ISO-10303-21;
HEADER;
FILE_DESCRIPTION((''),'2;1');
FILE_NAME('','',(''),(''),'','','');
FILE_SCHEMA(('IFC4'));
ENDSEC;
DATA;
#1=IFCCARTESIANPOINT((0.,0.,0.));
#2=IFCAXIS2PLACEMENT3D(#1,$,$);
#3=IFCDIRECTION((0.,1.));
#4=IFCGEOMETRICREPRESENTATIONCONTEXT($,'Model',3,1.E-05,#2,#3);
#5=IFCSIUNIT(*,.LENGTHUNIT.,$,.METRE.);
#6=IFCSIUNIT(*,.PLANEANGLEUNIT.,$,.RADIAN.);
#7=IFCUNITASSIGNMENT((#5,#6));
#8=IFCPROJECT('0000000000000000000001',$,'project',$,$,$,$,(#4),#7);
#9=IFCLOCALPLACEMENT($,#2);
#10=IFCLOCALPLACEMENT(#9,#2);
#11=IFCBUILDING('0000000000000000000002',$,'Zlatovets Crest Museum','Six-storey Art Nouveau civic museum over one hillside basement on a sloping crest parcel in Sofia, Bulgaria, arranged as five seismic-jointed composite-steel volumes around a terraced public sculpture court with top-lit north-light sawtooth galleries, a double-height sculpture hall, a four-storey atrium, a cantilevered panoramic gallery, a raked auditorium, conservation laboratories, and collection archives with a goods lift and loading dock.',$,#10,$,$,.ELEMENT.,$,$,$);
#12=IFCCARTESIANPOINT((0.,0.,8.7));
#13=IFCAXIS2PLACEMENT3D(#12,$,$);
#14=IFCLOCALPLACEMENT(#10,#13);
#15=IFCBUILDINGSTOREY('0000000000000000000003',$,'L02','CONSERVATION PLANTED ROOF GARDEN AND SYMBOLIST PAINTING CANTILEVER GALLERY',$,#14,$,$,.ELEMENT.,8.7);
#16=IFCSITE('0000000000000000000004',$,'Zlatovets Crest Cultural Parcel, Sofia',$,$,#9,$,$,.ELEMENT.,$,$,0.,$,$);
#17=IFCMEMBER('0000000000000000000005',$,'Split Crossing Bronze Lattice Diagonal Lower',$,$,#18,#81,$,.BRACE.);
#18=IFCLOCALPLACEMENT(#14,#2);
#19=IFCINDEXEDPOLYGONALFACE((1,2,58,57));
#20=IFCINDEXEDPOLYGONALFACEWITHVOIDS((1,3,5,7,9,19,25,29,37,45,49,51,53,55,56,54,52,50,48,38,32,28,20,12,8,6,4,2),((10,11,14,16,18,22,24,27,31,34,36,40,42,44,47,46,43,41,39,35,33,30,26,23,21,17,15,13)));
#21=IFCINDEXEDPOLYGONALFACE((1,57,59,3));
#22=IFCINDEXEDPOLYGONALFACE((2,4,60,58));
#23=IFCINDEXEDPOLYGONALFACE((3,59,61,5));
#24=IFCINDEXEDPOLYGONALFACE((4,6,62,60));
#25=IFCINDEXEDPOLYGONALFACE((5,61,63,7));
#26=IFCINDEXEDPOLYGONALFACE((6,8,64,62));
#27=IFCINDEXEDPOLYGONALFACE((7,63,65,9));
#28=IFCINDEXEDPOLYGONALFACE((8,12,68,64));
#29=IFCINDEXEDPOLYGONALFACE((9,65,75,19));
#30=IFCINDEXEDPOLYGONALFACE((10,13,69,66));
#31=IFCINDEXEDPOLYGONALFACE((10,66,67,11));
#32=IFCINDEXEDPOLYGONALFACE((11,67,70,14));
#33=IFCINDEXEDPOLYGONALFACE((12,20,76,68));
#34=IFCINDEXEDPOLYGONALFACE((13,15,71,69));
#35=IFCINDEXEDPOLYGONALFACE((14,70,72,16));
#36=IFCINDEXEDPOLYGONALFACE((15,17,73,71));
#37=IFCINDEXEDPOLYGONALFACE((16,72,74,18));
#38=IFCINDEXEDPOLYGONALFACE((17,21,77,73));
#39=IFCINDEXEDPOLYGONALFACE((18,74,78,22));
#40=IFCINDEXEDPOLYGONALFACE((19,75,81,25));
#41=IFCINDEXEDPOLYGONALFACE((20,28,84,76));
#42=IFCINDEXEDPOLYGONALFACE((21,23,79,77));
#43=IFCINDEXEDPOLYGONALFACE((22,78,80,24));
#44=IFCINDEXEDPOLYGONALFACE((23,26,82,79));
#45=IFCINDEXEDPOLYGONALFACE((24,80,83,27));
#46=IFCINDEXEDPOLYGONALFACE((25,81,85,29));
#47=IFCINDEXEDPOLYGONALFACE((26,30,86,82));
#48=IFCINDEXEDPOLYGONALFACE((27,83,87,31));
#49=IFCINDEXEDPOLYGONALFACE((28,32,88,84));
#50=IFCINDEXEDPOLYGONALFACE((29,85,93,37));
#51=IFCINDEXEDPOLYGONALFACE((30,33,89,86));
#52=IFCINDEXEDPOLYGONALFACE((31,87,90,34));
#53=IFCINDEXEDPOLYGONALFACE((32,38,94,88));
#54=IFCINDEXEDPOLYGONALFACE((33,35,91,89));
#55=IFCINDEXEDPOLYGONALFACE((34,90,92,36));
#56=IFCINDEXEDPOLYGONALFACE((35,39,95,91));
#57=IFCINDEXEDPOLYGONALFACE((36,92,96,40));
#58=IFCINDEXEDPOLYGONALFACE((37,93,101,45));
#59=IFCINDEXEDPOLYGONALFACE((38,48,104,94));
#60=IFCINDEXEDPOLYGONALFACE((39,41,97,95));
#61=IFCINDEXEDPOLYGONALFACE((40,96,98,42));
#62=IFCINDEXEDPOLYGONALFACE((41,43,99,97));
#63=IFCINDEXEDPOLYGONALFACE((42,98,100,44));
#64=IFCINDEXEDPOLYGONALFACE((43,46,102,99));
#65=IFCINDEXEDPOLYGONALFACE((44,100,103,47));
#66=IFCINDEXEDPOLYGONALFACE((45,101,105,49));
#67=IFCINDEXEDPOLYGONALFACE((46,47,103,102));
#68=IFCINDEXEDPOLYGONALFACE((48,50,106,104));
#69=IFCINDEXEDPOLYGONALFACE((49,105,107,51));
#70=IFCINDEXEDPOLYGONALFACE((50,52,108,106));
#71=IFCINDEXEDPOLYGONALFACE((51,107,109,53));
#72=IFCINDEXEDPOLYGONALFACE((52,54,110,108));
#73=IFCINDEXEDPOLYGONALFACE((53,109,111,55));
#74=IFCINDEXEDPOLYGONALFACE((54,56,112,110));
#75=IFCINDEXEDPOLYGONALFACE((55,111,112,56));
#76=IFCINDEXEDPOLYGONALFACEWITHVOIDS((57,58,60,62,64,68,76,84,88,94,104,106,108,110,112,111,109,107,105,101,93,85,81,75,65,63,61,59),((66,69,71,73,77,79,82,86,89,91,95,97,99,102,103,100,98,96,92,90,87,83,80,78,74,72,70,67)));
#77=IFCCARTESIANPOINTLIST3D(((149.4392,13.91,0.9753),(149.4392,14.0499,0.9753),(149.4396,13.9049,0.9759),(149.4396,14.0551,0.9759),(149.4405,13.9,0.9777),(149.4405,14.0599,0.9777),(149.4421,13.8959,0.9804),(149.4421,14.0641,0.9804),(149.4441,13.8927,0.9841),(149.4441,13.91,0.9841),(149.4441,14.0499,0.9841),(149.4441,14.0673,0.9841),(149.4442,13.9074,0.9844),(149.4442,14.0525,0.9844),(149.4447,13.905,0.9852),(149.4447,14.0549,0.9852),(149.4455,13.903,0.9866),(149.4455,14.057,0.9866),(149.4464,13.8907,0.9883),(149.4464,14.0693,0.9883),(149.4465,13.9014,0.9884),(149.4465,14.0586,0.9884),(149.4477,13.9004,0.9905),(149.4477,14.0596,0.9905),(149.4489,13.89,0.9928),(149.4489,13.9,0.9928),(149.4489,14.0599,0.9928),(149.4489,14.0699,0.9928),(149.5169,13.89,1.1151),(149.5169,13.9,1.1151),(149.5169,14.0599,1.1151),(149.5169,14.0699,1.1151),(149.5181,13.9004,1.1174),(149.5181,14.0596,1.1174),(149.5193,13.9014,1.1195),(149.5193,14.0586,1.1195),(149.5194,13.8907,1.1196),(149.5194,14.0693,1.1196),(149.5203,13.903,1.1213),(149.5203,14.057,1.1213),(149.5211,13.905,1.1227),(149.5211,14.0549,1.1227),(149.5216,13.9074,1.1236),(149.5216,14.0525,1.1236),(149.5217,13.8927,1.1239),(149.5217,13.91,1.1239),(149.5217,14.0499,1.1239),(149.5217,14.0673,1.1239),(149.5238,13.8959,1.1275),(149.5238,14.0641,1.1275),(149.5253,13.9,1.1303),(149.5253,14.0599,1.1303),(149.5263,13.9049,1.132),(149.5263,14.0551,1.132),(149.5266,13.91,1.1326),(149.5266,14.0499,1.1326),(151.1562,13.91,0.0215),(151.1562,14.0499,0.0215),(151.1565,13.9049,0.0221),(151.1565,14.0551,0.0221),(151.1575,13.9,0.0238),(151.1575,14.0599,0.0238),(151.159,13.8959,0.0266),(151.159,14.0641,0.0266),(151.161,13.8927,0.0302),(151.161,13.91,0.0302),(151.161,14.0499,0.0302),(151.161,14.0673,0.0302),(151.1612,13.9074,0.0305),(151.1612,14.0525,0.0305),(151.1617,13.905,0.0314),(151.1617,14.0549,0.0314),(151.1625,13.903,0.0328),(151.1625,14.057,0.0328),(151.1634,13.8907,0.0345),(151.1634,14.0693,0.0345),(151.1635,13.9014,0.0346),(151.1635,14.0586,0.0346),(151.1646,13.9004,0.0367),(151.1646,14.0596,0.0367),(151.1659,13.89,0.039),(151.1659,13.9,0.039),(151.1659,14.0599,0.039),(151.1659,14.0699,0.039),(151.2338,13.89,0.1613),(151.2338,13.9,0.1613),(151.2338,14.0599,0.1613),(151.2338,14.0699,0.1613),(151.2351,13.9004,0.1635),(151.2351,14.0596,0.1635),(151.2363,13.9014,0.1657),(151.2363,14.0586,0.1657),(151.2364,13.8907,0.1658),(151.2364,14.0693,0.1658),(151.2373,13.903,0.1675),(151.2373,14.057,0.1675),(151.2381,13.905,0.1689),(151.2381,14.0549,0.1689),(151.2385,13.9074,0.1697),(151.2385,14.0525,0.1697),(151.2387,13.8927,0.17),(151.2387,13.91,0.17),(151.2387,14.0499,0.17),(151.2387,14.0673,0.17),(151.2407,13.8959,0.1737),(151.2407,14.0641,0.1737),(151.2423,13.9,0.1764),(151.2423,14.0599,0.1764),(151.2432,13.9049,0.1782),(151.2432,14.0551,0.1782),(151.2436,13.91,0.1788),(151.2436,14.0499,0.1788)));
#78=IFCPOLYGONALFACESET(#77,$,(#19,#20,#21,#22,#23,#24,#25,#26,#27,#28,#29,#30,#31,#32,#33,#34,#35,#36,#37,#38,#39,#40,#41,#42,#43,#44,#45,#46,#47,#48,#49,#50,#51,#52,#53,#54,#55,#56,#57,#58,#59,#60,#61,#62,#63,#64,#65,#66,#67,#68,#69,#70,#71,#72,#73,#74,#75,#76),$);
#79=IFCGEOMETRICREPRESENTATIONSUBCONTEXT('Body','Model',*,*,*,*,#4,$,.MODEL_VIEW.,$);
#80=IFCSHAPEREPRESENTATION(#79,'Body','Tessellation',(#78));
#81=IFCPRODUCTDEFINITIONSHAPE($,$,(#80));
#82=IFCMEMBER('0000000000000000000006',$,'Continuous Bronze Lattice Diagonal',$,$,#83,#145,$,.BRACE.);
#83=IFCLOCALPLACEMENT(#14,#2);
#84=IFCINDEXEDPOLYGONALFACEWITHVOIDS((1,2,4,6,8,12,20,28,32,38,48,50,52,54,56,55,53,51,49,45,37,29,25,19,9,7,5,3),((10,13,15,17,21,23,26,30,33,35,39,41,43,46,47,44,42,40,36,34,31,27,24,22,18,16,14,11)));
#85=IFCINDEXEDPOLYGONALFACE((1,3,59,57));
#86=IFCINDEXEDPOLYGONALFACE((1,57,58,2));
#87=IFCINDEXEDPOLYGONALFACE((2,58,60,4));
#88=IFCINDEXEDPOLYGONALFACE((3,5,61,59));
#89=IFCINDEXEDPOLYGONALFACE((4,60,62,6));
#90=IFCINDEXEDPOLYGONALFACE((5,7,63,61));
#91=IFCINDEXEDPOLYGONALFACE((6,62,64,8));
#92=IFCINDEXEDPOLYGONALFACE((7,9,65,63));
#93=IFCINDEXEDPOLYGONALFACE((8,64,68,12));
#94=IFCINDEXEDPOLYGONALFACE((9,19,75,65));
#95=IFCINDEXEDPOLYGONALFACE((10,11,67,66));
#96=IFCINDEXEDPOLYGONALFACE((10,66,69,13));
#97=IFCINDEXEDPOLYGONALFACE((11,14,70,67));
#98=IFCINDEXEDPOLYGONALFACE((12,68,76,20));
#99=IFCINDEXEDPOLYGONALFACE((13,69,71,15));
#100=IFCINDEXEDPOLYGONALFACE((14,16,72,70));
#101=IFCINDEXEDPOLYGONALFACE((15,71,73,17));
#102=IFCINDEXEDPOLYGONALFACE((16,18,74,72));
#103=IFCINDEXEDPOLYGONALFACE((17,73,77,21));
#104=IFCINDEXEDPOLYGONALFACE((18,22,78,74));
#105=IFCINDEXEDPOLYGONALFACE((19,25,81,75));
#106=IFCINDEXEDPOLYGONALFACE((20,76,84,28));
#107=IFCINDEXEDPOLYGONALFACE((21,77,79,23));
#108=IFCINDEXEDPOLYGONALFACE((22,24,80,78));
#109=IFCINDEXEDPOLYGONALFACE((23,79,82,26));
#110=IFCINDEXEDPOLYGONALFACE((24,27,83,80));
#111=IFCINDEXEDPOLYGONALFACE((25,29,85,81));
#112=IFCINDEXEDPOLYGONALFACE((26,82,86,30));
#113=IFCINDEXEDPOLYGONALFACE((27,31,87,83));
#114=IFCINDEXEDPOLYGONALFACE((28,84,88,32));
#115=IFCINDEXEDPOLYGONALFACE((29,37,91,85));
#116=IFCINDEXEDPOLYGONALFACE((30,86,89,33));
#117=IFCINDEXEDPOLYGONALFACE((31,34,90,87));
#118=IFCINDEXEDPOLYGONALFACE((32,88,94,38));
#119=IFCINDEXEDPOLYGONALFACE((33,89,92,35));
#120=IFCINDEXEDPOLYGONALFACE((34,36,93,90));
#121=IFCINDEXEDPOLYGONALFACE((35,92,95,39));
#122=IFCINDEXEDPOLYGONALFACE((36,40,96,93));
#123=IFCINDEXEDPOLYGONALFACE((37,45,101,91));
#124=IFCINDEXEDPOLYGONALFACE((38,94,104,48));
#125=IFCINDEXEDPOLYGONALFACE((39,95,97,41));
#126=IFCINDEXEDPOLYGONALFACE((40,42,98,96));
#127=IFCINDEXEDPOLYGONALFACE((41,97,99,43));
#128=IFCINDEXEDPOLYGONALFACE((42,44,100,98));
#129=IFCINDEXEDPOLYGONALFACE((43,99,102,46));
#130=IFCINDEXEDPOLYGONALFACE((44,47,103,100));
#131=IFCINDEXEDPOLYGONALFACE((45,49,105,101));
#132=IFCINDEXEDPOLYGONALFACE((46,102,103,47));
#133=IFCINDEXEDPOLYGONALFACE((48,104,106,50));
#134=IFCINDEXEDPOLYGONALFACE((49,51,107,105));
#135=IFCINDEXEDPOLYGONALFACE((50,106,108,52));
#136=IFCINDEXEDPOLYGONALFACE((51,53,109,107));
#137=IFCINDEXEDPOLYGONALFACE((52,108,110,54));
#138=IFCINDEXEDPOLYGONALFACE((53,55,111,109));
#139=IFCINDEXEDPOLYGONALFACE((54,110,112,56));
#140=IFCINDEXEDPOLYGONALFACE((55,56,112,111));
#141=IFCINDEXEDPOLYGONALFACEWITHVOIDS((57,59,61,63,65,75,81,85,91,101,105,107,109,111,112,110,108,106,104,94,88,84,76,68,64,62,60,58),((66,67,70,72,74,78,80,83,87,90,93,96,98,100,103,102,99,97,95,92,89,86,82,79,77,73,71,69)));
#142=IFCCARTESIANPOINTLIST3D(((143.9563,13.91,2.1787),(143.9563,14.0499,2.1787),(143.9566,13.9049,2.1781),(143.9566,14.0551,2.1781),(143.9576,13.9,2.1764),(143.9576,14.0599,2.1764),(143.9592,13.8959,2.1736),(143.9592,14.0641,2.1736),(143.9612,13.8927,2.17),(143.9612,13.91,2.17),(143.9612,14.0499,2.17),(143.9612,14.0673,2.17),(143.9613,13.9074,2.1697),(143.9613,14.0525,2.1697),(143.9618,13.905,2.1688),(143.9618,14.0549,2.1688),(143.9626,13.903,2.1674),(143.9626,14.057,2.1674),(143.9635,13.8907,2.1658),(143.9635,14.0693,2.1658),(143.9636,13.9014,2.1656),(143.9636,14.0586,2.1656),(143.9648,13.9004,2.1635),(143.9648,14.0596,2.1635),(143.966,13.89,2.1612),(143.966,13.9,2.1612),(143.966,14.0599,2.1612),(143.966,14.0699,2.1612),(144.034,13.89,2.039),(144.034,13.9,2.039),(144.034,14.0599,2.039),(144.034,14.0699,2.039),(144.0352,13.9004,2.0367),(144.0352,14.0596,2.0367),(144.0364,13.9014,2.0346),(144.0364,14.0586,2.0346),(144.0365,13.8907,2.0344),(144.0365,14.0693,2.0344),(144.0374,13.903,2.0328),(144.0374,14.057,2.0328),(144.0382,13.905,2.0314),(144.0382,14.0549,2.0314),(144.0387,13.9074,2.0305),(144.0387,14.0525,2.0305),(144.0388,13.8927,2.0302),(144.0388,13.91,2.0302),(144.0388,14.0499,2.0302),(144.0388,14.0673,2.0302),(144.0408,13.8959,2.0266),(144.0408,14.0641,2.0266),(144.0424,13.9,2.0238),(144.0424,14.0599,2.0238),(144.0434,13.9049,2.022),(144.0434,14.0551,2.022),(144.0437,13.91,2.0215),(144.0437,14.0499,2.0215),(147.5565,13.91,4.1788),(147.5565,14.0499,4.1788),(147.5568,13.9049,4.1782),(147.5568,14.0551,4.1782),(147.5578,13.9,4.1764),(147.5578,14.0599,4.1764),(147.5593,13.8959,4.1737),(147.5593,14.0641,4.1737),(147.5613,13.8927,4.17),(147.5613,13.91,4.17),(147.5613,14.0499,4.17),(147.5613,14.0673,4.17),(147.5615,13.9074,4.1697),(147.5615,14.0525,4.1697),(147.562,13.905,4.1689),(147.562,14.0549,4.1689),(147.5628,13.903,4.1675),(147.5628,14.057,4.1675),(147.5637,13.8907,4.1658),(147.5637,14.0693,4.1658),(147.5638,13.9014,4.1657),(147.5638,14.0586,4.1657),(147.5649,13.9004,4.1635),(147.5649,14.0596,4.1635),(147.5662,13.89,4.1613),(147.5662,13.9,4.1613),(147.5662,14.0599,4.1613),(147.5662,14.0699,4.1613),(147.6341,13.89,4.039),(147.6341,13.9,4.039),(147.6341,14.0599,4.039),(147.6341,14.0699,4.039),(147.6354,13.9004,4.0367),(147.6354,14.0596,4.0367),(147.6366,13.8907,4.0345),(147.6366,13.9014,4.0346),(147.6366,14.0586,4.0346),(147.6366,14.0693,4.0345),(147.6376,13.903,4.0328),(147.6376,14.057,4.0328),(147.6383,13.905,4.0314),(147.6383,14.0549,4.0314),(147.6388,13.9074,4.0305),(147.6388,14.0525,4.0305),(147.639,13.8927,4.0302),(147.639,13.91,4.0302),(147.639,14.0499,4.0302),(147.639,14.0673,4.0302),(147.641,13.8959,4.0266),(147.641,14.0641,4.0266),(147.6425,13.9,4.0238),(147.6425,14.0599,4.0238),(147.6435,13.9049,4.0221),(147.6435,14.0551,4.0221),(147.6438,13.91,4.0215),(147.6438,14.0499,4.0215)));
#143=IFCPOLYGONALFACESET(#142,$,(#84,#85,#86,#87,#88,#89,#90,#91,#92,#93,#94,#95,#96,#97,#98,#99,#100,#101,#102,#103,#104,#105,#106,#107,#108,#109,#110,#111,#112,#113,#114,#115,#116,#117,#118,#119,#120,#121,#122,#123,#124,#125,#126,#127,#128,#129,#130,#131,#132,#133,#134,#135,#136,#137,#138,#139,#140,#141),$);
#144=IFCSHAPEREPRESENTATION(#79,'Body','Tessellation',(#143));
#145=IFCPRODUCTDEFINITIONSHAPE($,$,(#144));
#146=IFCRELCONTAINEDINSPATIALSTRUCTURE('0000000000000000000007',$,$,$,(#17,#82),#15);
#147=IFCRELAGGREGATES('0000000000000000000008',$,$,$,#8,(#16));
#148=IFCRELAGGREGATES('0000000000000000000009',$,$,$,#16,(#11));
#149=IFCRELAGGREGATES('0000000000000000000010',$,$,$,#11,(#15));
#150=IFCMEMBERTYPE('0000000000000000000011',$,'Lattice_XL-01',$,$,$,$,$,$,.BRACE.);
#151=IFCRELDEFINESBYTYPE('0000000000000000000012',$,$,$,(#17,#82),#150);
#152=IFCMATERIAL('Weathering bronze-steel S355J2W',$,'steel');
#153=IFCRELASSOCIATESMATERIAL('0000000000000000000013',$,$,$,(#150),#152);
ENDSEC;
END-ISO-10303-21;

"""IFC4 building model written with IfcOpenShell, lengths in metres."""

from ifc_helpers import new_model, si_unit, direction, frame, origin, origin_2d, place, context, subcontext, project, spatial, hollow_rectangle, extrude, material, material_profile, profile_set, type_object, element, save


model = new_model("IFC4")

# Units and contexts
model_context = context("Model", 3, precision=1e-05, world=origin(), true_north=direction((0.0, 1.0)))
body_context = subcontext(model_context, "Body", "Model", "MODEL_VIEW")
ifc_project = project(units=[si_unit("LENGTHUNIT", "METRE"), si_unit("PLANEANGLEUNIT", "RADIAN")], contexts=[model_context])

# Site, building, storey
site_placement = place(None, origin())
site = spatial("IfcSite", under=ifc_project, at=site_placement, Name="Zlatovets Crest Cultural Parcel, Sofia", CompositionType="ELEMENT", RefElevation=0.0)
building_placement = place(site_placement, origin())
building = spatial("IfcBuilding", under=site, at=building_placement, Name="Zlatovets Crest Museum", Description="Six-storey Art Nouveau civic museum over one hillside basement on a sloping crest parcel in Sofia, Bulgaria, arranged as five seismic-jointed composite-steel volumes around a terraced public sculpture court with top-lit north-light sawtooth galleries, a double-height sculpture hall, a four-storey atrium, a cantilevered panoramic gallery, a raked auditorium, conservation laboratories, and collection archives with a goods lift and loading dock.", CompositionType="ELEMENT")
storey_placement = place(building_placement, frame((0.0, 0.0, 8.7)))
storey = spatial("IfcBuildingStorey", under=building, at=storey_placement, Name="L02", Description="CONSERVATION PLANTED ROOF GARDEN AND SYMBOLIST PAINTING CANTILEVER GALLERY", CompositionType="ELEMENT", Elevation=8.7)

# Members
ifc_material_1 = material(Name="Weathering bronze-steel S355J2W", Category="steel")
ifc_material_profile_1 = material_profile(ifc_material_1, hollow_rectangle(XDim=0.1799, YDim=0.1799, WallThickness=0.01, InnerFilletRadius=0.01, OuterFilletRadius=0.02, at=origin_2d()), Name="SHS 180x180x10.0")
ifc_profile_set_1 = profile_set([ifc_material_profile_1], Name="Weathering bronze-steel S355J2W")
member_type_1 = type_object("IfcMemberType", Name="Lattice_XL-01", PredefinedType="BRACE", material=ifc_profile_set_1)
member_1_placement = place(storey_placement, frame((149.4829, 13.98, 1.054), z_axis=(0.874169, 0.0, -0.485622), x_axis=(0.0, 1.0, 0.0)))
element("IfcMember", 1, at=member_1_placement, inside=storey, type_object=member_type_1, Name="Split Crossing Bronze Lattice Diagonal Lower", PredefinedType="BRACE", context=body_context, shape_type="SweptSolid", body=[
    extrude(hollow_rectangle(XDim=0.1799, YDim=0.1799, WallThickness=0.01, InnerFilletRadius=0.01, OuterFilletRadius=0.02, at=origin_2d()), origin(), (0.0, 0.0, 1.0), 1.9641),
])
member_2_placement = place(storey_placement, frame((144.0, 13.98, 2.1001), z_axis=(0.874163, 0.0, 0.485633), x_axis=(0.0, 1.0, 0.0)))
element("IfcMember", 2, at=member_2_placement, inside=storey, type_object=member_type_1, Name="Continuous Bronze Lattice Diagonal", PredefinedType="BRACE", context=body_context, shape_type="SweptSolid", body=[
    extrude(hollow_rectangle(XDim=0.1799, YDim=0.1799, WallThickness=0.01, InnerFilletRadius=0.01, OuterFilletRadius=0.02, at=origin_2d()), origin(), (0.0, 0.0, 1.0), 4.1184),
])

save(model, "model.ifc")
